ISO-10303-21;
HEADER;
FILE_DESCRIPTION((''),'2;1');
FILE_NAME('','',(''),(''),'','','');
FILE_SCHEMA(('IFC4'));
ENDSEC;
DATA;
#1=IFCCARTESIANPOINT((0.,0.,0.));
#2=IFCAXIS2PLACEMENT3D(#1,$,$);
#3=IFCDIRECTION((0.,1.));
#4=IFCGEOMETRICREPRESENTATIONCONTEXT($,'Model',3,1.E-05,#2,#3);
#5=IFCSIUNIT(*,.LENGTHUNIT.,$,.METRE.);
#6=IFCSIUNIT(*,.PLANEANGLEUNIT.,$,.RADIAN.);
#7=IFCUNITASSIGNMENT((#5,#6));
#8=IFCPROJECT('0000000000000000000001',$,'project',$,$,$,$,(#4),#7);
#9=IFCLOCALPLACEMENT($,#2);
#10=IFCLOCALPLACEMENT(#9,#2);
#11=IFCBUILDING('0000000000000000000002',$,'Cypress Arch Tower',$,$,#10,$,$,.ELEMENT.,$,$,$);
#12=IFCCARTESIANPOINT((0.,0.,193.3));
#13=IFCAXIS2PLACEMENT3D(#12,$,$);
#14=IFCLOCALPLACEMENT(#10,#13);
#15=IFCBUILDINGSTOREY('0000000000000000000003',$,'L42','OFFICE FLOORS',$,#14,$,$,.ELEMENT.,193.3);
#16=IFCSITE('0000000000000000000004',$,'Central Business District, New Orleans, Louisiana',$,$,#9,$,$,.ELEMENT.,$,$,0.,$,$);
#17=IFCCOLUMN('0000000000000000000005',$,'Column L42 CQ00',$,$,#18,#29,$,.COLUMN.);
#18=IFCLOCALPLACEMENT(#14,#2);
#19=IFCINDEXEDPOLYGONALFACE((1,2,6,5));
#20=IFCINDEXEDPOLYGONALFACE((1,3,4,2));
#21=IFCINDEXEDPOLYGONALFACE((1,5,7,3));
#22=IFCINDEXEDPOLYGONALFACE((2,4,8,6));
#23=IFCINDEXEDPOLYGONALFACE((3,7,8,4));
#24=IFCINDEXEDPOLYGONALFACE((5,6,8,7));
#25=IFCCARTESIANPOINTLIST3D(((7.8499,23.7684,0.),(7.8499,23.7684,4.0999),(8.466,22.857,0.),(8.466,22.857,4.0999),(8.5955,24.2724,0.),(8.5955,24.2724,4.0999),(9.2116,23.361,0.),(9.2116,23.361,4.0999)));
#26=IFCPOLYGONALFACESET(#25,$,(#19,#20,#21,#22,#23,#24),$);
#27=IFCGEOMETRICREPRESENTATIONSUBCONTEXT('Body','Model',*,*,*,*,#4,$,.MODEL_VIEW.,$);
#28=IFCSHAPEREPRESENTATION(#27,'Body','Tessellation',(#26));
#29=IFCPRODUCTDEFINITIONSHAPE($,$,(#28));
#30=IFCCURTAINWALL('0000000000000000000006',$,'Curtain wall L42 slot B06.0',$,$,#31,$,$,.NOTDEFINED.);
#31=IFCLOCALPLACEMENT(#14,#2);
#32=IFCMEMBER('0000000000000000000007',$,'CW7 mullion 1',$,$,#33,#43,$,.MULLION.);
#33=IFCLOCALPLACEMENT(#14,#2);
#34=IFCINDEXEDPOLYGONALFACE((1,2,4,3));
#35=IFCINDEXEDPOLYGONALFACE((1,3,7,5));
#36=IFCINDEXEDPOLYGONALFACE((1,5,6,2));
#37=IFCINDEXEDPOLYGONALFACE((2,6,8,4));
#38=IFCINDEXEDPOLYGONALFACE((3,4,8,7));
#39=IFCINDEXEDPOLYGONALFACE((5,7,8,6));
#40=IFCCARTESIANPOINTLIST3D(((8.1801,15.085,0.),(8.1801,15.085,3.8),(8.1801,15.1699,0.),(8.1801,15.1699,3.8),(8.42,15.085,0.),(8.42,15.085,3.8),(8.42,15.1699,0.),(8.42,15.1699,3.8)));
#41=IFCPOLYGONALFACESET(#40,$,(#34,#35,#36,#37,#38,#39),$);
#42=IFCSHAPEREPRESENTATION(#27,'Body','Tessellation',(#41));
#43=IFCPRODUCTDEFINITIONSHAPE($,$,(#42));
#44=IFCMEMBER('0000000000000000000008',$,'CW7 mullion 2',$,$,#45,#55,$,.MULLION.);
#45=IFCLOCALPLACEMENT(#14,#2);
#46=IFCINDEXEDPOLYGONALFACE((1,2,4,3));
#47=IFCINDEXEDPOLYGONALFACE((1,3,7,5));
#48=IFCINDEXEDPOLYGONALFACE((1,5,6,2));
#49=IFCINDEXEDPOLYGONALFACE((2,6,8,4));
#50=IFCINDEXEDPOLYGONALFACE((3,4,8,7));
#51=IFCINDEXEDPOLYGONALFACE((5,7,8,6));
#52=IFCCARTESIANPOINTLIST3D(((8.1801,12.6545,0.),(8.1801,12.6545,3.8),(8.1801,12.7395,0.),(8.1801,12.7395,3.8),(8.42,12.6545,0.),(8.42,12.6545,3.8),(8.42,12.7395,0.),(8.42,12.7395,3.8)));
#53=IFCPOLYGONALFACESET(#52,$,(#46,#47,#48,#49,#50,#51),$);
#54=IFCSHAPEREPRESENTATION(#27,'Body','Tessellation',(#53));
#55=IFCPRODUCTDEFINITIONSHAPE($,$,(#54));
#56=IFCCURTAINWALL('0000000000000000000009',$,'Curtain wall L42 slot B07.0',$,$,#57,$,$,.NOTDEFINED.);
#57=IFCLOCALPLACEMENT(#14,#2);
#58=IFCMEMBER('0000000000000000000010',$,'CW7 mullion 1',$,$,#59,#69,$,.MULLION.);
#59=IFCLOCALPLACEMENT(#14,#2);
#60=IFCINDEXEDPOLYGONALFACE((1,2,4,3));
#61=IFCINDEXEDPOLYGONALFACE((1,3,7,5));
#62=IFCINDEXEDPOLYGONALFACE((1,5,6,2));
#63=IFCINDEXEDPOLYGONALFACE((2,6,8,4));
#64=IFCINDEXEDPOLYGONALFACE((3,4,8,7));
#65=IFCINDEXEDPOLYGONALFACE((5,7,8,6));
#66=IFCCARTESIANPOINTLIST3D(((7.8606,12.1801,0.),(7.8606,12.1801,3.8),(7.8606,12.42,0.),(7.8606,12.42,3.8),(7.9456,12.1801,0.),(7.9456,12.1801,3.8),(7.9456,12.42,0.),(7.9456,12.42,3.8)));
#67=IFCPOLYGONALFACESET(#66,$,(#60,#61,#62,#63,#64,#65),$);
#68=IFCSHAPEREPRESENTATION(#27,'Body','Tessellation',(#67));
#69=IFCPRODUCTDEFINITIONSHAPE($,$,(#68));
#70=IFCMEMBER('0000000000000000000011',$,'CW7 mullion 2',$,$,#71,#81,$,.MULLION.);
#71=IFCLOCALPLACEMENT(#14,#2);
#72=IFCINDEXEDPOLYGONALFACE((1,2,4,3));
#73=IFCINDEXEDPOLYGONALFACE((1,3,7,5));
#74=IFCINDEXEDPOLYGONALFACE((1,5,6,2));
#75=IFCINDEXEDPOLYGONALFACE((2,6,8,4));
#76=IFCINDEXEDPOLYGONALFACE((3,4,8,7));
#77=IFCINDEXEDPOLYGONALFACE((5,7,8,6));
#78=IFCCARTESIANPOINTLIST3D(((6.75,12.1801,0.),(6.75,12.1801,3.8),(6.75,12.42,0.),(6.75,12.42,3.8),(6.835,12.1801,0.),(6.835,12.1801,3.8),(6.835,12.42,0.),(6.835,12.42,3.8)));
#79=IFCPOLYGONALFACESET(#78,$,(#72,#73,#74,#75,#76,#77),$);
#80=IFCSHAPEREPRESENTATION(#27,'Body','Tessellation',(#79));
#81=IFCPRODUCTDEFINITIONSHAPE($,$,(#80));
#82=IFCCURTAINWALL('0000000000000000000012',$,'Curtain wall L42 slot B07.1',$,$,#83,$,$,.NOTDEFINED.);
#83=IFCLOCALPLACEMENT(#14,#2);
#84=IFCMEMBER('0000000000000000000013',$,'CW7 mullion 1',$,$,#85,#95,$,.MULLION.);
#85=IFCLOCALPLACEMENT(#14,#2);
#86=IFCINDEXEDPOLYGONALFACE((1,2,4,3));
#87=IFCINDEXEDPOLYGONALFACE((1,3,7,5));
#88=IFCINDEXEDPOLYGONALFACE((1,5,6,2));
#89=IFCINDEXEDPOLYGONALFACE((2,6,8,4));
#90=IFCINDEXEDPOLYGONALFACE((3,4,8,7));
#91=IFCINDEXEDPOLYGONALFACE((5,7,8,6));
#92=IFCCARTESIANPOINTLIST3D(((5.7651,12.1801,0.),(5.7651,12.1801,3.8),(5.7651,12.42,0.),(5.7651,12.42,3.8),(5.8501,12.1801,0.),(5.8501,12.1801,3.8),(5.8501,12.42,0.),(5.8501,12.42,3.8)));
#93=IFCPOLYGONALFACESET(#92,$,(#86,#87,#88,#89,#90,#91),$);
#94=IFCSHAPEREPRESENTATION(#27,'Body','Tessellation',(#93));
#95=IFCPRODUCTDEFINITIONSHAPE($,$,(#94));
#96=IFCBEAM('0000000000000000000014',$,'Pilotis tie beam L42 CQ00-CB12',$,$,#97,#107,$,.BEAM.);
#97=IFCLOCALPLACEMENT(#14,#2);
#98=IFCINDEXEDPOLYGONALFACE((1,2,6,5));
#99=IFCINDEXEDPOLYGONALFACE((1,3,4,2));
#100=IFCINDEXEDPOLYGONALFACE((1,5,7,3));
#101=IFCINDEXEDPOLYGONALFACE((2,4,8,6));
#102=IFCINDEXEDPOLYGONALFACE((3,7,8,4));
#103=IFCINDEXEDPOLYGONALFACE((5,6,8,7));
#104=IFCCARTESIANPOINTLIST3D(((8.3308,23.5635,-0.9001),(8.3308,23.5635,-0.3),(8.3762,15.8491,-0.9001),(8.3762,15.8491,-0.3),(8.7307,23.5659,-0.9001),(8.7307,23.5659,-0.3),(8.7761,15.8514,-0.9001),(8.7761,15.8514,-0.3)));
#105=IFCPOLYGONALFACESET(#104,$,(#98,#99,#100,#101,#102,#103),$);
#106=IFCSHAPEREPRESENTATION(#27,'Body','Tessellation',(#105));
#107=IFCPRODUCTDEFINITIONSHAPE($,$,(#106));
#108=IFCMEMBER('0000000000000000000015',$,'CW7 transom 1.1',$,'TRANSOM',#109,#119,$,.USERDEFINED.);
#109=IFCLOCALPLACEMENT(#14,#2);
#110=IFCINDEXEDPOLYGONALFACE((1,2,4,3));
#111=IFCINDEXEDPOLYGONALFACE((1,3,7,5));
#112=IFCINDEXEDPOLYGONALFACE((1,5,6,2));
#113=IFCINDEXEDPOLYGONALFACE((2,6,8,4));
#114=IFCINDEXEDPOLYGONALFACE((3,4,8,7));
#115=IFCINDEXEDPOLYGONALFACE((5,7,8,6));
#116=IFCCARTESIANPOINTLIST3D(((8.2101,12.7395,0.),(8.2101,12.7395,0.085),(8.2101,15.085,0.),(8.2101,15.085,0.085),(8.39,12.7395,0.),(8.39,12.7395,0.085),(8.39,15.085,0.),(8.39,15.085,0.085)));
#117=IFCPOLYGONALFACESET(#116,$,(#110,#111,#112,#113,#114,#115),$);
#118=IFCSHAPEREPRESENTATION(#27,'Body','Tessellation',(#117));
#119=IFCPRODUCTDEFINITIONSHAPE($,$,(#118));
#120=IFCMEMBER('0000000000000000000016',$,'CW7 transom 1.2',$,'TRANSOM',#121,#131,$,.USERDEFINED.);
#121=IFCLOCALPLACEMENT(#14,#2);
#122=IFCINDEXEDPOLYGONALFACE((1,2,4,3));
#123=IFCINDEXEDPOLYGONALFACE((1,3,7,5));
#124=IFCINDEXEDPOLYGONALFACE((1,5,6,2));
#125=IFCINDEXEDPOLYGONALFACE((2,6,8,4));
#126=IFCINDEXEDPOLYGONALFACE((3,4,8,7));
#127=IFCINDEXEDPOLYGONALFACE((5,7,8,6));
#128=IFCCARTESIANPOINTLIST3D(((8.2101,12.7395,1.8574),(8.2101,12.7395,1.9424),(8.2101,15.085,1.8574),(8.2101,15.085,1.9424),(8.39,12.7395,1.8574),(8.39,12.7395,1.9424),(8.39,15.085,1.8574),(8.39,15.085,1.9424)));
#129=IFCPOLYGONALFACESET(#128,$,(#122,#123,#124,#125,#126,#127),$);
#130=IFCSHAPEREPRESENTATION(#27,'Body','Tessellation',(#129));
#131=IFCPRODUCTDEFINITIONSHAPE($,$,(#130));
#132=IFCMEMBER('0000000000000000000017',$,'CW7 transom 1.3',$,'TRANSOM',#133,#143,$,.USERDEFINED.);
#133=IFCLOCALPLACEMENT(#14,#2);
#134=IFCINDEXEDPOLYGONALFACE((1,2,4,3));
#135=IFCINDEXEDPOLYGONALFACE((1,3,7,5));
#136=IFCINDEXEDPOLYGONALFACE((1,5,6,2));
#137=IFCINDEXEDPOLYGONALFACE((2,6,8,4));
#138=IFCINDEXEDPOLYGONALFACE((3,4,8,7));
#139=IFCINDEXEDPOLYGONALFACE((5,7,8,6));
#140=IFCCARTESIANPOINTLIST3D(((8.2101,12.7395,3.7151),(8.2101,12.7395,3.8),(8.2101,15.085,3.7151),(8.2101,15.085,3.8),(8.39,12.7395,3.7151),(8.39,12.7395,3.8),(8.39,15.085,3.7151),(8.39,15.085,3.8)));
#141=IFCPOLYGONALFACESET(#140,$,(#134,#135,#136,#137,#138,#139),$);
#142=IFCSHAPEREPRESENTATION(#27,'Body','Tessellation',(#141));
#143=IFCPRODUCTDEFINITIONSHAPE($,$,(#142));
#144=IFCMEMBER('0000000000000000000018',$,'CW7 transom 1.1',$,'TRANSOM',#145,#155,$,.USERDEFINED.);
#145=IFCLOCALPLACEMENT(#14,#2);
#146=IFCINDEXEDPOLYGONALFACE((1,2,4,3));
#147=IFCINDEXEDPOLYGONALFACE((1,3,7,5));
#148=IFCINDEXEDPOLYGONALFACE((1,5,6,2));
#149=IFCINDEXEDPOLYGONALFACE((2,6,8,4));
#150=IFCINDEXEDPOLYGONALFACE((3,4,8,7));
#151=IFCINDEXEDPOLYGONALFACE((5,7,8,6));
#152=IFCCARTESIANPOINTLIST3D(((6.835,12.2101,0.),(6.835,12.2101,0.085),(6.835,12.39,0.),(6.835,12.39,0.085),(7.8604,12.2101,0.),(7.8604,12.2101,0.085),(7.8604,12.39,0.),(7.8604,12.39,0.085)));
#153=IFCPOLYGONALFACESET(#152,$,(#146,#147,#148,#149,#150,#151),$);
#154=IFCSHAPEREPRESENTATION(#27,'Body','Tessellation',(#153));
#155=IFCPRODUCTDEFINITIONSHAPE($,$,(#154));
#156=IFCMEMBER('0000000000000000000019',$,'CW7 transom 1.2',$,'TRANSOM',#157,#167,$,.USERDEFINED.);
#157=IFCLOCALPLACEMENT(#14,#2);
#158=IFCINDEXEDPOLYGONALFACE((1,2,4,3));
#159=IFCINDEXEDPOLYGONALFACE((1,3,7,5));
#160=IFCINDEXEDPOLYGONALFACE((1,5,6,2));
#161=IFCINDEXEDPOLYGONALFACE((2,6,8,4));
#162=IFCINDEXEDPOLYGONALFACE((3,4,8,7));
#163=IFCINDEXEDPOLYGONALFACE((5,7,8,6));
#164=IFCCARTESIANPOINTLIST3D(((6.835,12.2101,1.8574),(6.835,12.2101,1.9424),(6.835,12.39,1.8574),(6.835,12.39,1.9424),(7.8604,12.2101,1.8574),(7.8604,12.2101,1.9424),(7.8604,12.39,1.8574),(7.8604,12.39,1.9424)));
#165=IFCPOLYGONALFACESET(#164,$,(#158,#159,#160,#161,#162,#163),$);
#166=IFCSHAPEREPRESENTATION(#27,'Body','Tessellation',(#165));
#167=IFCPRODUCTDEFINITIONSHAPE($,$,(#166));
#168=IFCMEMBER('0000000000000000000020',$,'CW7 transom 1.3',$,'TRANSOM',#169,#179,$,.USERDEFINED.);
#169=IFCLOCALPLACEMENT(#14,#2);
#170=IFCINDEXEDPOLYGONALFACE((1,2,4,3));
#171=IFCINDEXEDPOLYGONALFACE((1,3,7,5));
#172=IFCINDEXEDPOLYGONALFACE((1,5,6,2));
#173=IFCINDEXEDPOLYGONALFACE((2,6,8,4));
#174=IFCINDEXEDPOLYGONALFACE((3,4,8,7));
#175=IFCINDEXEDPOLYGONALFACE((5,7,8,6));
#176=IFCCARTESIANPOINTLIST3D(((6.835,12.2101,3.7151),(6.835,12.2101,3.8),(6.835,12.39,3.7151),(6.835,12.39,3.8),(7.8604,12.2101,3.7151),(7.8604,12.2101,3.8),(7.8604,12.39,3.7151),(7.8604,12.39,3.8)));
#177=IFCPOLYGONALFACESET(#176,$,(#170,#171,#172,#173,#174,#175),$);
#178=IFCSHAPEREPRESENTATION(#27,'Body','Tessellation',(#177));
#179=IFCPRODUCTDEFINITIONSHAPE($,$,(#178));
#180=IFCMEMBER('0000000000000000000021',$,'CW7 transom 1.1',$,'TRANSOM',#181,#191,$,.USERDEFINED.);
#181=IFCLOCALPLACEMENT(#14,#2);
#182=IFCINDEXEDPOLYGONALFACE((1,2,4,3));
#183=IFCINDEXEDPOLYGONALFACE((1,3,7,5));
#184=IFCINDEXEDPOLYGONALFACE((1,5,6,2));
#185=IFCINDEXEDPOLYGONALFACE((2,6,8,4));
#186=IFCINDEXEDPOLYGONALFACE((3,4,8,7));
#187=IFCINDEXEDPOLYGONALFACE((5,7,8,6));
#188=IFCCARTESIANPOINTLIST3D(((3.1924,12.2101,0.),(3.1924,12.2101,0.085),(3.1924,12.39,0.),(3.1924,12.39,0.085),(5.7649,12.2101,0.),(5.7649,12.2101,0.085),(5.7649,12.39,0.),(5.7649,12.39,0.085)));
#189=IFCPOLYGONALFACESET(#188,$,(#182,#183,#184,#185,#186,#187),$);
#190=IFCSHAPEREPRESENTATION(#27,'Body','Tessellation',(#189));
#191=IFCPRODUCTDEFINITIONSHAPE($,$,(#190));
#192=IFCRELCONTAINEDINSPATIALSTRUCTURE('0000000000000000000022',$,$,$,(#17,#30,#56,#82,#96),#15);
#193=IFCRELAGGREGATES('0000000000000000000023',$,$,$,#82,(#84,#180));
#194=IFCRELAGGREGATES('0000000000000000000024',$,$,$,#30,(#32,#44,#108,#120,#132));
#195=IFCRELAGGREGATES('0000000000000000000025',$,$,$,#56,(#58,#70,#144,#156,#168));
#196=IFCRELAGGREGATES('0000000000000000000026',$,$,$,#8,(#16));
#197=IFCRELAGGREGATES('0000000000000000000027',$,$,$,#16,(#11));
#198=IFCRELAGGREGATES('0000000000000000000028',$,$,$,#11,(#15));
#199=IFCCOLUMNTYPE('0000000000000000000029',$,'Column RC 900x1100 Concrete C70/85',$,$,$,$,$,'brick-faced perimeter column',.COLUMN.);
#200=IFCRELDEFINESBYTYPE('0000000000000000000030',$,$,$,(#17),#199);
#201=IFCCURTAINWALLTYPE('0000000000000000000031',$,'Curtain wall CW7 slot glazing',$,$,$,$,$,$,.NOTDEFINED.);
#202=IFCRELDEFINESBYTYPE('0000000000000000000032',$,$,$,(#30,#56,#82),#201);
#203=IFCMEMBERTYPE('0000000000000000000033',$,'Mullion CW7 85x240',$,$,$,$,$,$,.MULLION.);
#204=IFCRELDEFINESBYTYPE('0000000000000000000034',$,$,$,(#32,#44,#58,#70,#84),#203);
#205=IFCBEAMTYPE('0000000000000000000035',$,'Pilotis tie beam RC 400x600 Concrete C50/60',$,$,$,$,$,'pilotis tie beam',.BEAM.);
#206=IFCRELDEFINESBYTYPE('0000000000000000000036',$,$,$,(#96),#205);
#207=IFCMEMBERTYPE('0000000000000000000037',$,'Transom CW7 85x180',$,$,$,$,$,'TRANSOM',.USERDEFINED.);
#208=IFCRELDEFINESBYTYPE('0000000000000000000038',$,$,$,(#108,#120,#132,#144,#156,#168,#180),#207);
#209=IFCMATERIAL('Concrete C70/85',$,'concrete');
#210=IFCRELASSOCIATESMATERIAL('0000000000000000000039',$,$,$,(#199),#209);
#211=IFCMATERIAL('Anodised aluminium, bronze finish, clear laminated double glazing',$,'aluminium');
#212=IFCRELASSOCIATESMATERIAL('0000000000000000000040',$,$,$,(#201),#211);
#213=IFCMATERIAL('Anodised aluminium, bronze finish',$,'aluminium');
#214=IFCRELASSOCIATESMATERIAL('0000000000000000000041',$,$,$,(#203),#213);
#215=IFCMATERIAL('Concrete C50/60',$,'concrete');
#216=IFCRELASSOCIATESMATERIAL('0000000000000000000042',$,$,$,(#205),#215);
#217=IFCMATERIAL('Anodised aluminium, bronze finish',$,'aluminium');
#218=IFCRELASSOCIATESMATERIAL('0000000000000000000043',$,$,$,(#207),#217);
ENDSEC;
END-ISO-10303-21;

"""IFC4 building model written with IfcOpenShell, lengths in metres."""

from ifc_helpers import new_model, si_unit, direction, frame, origin, origin_2d, place, context, subcontext, project, spatial, rectangle, extrude, material, material_profile, profile_set, type_object, element, aggregate, save


model = new_model("IFC4")

# Units and contexts
model_context = context("Model", 3, precision=1e-05, world=origin(), true_north=direction((0.0, 1.0)))
body_context = subcontext(model_context, "Body", "Model", "MODEL_VIEW")
ifc_project = project(units=[si_unit("LENGTHUNIT", "METRE"), si_unit("PLANEANGLEUNIT", "RADIAN")], contexts=[model_context])

# Site, building, storey
site_placement = place(None, origin())
site = spatial("IfcSite", under=ifc_project, at=site_placement, Name="Central Business District, New Orleans, Louisiana", CompositionType="ELEMENT", RefElevation=0.0)
building_placement = place(site_placement, origin())
building = spatial("IfcBuilding", under=site, at=building_placement, Name="Cypress Arch Tower", CompositionType="ELEMENT")
storey_placement = place(building_placement, frame((0.0, 0.0, 193.3)))
storey = spatial("IfcBuildingStorey", under=building, at=storey_placement, Name="L42", Description="OFFICE FLOORS", CompositionType="ELEMENT", Elevation=193.3)

# Column
ifc_material_1 = material(Name="Concrete C70/85", Category="concrete")
ifc_material_profile_1 = material_profile(ifc_material_1, rectangle(XDim=0.8999, YDim=1.1001, at=origin_2d()), Name="RC 900x1100")
ifc_profile_set_1 = profile_set([ifc_material_profile_1], Name="Concrete C70/85")
column_type = type_object("IfcColumnType", Name="Column RC 900x1100 Concrete C70/85", ElementType="brick-faced perimeter column", PredefinedType="COLUMN", material=ifc_profile_set_1)
column_placement = place(storey_placement, frame((8.5308, 23.5647, 0.0), z_axis=(0.0, 0.0, 1.0), x_axis=(-0.82847, -0.560034, 0.0)))
element("IfcColumn", 1, at=column_placement, inside=storey, type_object=column_type, Name="Column L42 CQ00", PredefinedType="COLUMN", context=body_context, shape_type="SweptSolid", body=[
    extrude(rectangle(XDim=0.8999, YDim=1.1001, at=origin_2d()), origin(), (0.0, 0.0, 1.0), 4.0999),
])

# Curtain walls, members
ifc_material_2 = material(Name="Anodised aluminium, bronze finish, clear laminated double glazing", Category="aluminium")
curtain_wall_type = type_object("IfcCurtainWallType", Name="Curtain wall CW7 slot glazing", PredefinedType="NOTDEFINED", material=ifc_material_2)
curtain_wall_1_placement = place(storey_placement, origin())
curtain_wall_1 = element("IfcCurtainWall", 2, at=curtain_wall_1_placement, inside=storey, type_object=curtain_wall_type, Name="Curtain wall L42 slot B06.0", PredefinedType="NOTDEFINED")
ifc_material_3 = material(Name="Anodised aluminium, bronze finish", Category="aluminium")
ifc_material_profile_2 = material_profile(ifc_material_3, rectangle(XDim=0.24, YDim=0.085, at=origin_2d()), Name="Mullion 85x240")
ifc_profile_set_2 = profile_set([ifc_material_profile_2], Name="Anodised aluminium, bronze finish")
member_type_1 = type_object("IfcMemberType", Name="Mullion CW7 85x240", PredefinedType="MULLION", material=ifc_profile_set_2)
member_1_placement = place(storey_placement, frame((8.3, 15.1274, 0.0), z_axis=(0.0, 0.0, 1.0), x_axis=(1.0, 0.0, 0.0)))
member_1 = element("IfcMember", 3, at=member_1_placement, type_object=member_type_1, Name="CW7 mullion 1", PredefinedType="MULLION", context=body_context, shape_type="SweptSolid", body=[
    extrude(rectangle(XDim=0.24, YDim=0.085, at=origin_2d()), origin(), (0.0, 0.0, 1.0), 3.8),
])
member_2_placement = place(storey_placement, frame((8.3, 12.697, 0.0), z_axis=(0.0, 0.0, 1.0), x_axis=(1.0, 0.0, 0.0)))
member_2 = element("IfcMember", 4, at=member_2_placement, type_object=member_type_1, Name="CW7 mullion 2", PredefinedType="MULLION", context=body_context, shape_type="SweptSolid", body=[
    extrude(rectangle(XDim=0.24, YDim=0.085, at=origin_2d()), origin(), (0.0, 0.0, 1.0), 3.8),
])
curtain_wall_2_placement = place(storey_placement, origin())
curtain_wall_2 = element("IfcCurtainWall", 5, at=curtain_wall_2_placement, inside=storey, type_object=curtain_wall_type, Name="Curtain wall L42 slot B07.0", PredefinedType="NOTDEFINED")
member_3_placement = place(storey_placement, frame((7.9031, 12.3, 0.0), z_axis=(0.0, 0.0, 1.0), x_axis=(0.0, -1.0, 0.0)))
member_3 = element("IfcMember", 6, at=member_3_placement, type_object=member_type_1, Name="CW7 mullion 1", PredefinedType="MULLION", context=body_context, shape_type="SweptSolid", body=[
    extrude(rectangle(XDim=0.24, YDim=0.085, at=origin_2d()), origin(), (0.0, 0.0, 1.0), 3.8),
])
member_4_placement = place(storey_placement, frame((6.7925, 12.3, 0.0), z_axis=(0.0, 0.0, 1.0), x_axis=(0.0, -1.0, 0.0)))
member_4 = element("IfcMember", 7, at=member_4_placement, type_object=member_type_1, Name="CW7 mullion 2", PredefinedType="MULLION", context=body_context, shape_type="SweptSolid", body=[
    extrude(rectangle(XDim=0.24, YDim=0.085, at=origin_2d()), origin(), (0.0, 0.0, 1.0), 3.8),
])

# Curtain wall, member
curtain_wall_3_placement = place(storey_placement, origin())
curtain_wall_3 = element("IfcCurtainWall", 8, at=curtain_wall_3_placement, inside=storey, type_object=curtain_wall_type, Name="Curtain wall L42 slot B07.1", PredefinedType="NOTDEFINED")
member_5_placement = place(storey_placement, frame((5.8076, 12.3, 0.0), z_axis=(0.0, 0.0, 1.0), x_axis=(0.0, -1.0, 0.0)))
member_5 = element("IfcMember", 9, at=member_5_placement, type_object=member_type_1, Name="CW7 mullion 1", PredefinedType="MULLION", context=body_context, shape_type="SweptSolid", body=[
    extrude(rectangle(XDim=0.24, YDim=0.085, at=origin_2d()), origin(), (0.0, 0.0, 1.0), 3.8),
])

# Beam
ifc_material_4 = material(Name="Concrete C50/60", Category="concrete")
ifc_material_profile_3 = material_profile(ifc_material_4, rectangle(XDim=0.3999, YDim=0.6001, at=origin_2d()), Name="RC 400x600")
ifc_profile_set_3 = profile_set([ifc_material_profile_3], Name="Concrete C50/60")
beam_type = type_object("IfcBeamType", Name="Pilotis tie beam RC 400x600 Concrete C50/60", ElementType="pilotis tie beam", PredefinedType="BEAM", material=ifc_profile_set_3)
beam_placement = place(storey_placement, frame((8.5308, 23.5647, -0.6001), z_axis=(0.005886, -0.999983, 0.0), x_axis=(0.999983, 0.005886, 0.0)))
element("IfcBeam", 10, at=beam_placement, inside=storey, type_object=beam_type, Name="Pilotis tie beam L42 CQ00-CB12", PredefinedType="BEAM", context=body_context, shape_type="SweptSolid", body=[
    extrude(rectangle(XDim=0.3999, YDim=0.6001, at=origin_2d()), origin(), (0.0, 0.0, 1.0), 7.7146),
])

# Members
ifc_material_5 = material(Name="Anodised aluminium, bronze finish", Category="aluminium")
ifc_material_profile_4 = material_profile(ifc_material_5, rectangle(XDim=0.1799, YDim=0.085, at=origin_2d()), Name="Transom 85x180")
ifc_profile_set_4 = profile_set([ifc_material_profile_4], Name="Anodised aluminium, bronze finish")
member_type_2 = type_object("IfcMemberType", Name="Transom CW7 85x180", ElementType="TRANSOM", PredefinedType="USERDEFINED", material=ifc_profile_set_4)
member_6_placement = place(storey_placement, frame((8.3, 15.085, 0.0425), z_axis=(0.0, -1.0, 0.0), x_axis=(1.0, 0.0, 0.0)))
member_6 = element("IfcMember", 11, at=member_6_placement, type_object=member_type_2, Name="CW7 transom 1.1", ObjectType="TRANSOM", PredefinedType="USERDEFINED", context=body_context, shape_type="SweptSolid", body=[
    extrude(rectangle(XDim=0.1799, YDim=0.085, at=origin_2d()), origin(), (0.0, 0.0, 1.0), 2.3455),
])
member_7_placement = place(storey_placement, frame((8.3, 15.085, 1.8999), z_axis=(0.0, -1.0, 0.0), x_axis=(1.0, 0.0, 0.0)))
member_7 = element("IfcMember", 12, at=member_7_placement, type_object=member_type_2, Name="CW7 transom 1.2", ObjectType="TRANSOM", PredefinedType="USERDEFINED", context=body_context, shape_type="SweptSolid", body=[
    extrude(rectangle(XDim=0.1799, YDim=0.085, at=origin_2d()), origin(), (0.0, 0.0, 1.0), 2.3455),
])
member_8_placement = place(storey_placement, frame((8.3, 15.085, 3.7576), z_axis=(0.0, -1.0, 0.0), x_axis=(1.0, 0.0, 0.0)))
member_8 = element("IfcMember", 13, at=member_8_placement, type_object=member_type_2, Name="CW7 transom 1.3", ObjectType="TRANSOM", PredefinedType="USERDEFINED", context=body_context, shape_type="SweptSolid", body=[
    extrude(rectangle(XDim=0.1799, YDim=0.085, at=origin_2d()), origin(), (0.0, 0.0, 1.0), 2.3455),
])
member_9_placement = place(storey_placement, frame((7.8604, 12.3, 0.0425), z_axis=(-1.0, 0.0, 0.0), x_axis=(0.0, -1.0, 0.0)))
member_9 = element("IfcMember", 14, at=member_9_placement, type_object=member_type_2, Name="CW7 transom 1.1", ObjectType="TRANSOM", PredefinedType="USERDEFINED", context=body_context, shape_type="SweptSolid", body=[
    extrude(rectangle(XDim=0.1799, YDim=0.085, at=origin_2d()), origin(), (0.0, 0.0, 1.0), 1.0254),
])
member_10_placement = place(storey_placement, frame((7.8604, 12.3, 1.8999), z_axis=(-1.0, 0.0, 0.0), x_axis=(0.0, -1.0, 0.0)))
member_10 = element("IfcMember", 15, at=member_10_placement, type_object=member_type_2, Name="CW7 transom 1.2", ObjectType="TRANSOM", PredefinedType="USERDEFINED", context=body_context, shape_type="SweptSolid", body=[
    extrude(rectangle(XDim=0.1799, YDim=0.085, at=origin_2d()), origin(), (0.0, 0.0, 1.0), 1.0254),
])
member_11_placement = place(storey_placement, frame((7.8604, 12.3, 3.7576), z_axis=(-1.0, 0.0, 0.0), x_axis=(0.0, -1.0, 0.0)))
member_11 = element("IfcMember", 16, at=member_11_placement, type_object=member_type_2, Name="CW7 transom 1.3", ObjectType="TRANSOM", PredefinedType="USERDEFINED", context=body_context, shape_type="SweptSolid", body=[
    extrude(rectangle(XDim=0.1799, YDim=0.085, at=origin_2d()), origin(), (0.0, 0.0, 1.0), 1.0254),
])
member_12_placement = place(storey_placement, frame((5.7649, 12.3, 0.0425), z_axis=(-1.0, 0.0, 0.0), x_axis=(0.0, -1.0, 0.0)))
member_12 = element("IfcMember", 17, at=member_12_placement, type_object=member_type_2, Name="CW7 transom 1.1", ObjectType="TRANSOM", PredefinedType="USERDEFINED", context=body_context, shape_type="SweptSolid", body=[
    extrude(rectangle(XDim=0.1799, YDim=0.085, at=origin_2d()), origin(), (0.0, 0.0, 1.0), 2.5725),
])
aggregate(curtain_wall_3, [member_5, member_12])

aggregate(curtain_wall_1, [member_1, member_2, member_6, member_7, member_8])
aggregate(curtain_wall_2, [member_3, member_4, member_9, member_10, member_11])

save(model, "model.ifc")
